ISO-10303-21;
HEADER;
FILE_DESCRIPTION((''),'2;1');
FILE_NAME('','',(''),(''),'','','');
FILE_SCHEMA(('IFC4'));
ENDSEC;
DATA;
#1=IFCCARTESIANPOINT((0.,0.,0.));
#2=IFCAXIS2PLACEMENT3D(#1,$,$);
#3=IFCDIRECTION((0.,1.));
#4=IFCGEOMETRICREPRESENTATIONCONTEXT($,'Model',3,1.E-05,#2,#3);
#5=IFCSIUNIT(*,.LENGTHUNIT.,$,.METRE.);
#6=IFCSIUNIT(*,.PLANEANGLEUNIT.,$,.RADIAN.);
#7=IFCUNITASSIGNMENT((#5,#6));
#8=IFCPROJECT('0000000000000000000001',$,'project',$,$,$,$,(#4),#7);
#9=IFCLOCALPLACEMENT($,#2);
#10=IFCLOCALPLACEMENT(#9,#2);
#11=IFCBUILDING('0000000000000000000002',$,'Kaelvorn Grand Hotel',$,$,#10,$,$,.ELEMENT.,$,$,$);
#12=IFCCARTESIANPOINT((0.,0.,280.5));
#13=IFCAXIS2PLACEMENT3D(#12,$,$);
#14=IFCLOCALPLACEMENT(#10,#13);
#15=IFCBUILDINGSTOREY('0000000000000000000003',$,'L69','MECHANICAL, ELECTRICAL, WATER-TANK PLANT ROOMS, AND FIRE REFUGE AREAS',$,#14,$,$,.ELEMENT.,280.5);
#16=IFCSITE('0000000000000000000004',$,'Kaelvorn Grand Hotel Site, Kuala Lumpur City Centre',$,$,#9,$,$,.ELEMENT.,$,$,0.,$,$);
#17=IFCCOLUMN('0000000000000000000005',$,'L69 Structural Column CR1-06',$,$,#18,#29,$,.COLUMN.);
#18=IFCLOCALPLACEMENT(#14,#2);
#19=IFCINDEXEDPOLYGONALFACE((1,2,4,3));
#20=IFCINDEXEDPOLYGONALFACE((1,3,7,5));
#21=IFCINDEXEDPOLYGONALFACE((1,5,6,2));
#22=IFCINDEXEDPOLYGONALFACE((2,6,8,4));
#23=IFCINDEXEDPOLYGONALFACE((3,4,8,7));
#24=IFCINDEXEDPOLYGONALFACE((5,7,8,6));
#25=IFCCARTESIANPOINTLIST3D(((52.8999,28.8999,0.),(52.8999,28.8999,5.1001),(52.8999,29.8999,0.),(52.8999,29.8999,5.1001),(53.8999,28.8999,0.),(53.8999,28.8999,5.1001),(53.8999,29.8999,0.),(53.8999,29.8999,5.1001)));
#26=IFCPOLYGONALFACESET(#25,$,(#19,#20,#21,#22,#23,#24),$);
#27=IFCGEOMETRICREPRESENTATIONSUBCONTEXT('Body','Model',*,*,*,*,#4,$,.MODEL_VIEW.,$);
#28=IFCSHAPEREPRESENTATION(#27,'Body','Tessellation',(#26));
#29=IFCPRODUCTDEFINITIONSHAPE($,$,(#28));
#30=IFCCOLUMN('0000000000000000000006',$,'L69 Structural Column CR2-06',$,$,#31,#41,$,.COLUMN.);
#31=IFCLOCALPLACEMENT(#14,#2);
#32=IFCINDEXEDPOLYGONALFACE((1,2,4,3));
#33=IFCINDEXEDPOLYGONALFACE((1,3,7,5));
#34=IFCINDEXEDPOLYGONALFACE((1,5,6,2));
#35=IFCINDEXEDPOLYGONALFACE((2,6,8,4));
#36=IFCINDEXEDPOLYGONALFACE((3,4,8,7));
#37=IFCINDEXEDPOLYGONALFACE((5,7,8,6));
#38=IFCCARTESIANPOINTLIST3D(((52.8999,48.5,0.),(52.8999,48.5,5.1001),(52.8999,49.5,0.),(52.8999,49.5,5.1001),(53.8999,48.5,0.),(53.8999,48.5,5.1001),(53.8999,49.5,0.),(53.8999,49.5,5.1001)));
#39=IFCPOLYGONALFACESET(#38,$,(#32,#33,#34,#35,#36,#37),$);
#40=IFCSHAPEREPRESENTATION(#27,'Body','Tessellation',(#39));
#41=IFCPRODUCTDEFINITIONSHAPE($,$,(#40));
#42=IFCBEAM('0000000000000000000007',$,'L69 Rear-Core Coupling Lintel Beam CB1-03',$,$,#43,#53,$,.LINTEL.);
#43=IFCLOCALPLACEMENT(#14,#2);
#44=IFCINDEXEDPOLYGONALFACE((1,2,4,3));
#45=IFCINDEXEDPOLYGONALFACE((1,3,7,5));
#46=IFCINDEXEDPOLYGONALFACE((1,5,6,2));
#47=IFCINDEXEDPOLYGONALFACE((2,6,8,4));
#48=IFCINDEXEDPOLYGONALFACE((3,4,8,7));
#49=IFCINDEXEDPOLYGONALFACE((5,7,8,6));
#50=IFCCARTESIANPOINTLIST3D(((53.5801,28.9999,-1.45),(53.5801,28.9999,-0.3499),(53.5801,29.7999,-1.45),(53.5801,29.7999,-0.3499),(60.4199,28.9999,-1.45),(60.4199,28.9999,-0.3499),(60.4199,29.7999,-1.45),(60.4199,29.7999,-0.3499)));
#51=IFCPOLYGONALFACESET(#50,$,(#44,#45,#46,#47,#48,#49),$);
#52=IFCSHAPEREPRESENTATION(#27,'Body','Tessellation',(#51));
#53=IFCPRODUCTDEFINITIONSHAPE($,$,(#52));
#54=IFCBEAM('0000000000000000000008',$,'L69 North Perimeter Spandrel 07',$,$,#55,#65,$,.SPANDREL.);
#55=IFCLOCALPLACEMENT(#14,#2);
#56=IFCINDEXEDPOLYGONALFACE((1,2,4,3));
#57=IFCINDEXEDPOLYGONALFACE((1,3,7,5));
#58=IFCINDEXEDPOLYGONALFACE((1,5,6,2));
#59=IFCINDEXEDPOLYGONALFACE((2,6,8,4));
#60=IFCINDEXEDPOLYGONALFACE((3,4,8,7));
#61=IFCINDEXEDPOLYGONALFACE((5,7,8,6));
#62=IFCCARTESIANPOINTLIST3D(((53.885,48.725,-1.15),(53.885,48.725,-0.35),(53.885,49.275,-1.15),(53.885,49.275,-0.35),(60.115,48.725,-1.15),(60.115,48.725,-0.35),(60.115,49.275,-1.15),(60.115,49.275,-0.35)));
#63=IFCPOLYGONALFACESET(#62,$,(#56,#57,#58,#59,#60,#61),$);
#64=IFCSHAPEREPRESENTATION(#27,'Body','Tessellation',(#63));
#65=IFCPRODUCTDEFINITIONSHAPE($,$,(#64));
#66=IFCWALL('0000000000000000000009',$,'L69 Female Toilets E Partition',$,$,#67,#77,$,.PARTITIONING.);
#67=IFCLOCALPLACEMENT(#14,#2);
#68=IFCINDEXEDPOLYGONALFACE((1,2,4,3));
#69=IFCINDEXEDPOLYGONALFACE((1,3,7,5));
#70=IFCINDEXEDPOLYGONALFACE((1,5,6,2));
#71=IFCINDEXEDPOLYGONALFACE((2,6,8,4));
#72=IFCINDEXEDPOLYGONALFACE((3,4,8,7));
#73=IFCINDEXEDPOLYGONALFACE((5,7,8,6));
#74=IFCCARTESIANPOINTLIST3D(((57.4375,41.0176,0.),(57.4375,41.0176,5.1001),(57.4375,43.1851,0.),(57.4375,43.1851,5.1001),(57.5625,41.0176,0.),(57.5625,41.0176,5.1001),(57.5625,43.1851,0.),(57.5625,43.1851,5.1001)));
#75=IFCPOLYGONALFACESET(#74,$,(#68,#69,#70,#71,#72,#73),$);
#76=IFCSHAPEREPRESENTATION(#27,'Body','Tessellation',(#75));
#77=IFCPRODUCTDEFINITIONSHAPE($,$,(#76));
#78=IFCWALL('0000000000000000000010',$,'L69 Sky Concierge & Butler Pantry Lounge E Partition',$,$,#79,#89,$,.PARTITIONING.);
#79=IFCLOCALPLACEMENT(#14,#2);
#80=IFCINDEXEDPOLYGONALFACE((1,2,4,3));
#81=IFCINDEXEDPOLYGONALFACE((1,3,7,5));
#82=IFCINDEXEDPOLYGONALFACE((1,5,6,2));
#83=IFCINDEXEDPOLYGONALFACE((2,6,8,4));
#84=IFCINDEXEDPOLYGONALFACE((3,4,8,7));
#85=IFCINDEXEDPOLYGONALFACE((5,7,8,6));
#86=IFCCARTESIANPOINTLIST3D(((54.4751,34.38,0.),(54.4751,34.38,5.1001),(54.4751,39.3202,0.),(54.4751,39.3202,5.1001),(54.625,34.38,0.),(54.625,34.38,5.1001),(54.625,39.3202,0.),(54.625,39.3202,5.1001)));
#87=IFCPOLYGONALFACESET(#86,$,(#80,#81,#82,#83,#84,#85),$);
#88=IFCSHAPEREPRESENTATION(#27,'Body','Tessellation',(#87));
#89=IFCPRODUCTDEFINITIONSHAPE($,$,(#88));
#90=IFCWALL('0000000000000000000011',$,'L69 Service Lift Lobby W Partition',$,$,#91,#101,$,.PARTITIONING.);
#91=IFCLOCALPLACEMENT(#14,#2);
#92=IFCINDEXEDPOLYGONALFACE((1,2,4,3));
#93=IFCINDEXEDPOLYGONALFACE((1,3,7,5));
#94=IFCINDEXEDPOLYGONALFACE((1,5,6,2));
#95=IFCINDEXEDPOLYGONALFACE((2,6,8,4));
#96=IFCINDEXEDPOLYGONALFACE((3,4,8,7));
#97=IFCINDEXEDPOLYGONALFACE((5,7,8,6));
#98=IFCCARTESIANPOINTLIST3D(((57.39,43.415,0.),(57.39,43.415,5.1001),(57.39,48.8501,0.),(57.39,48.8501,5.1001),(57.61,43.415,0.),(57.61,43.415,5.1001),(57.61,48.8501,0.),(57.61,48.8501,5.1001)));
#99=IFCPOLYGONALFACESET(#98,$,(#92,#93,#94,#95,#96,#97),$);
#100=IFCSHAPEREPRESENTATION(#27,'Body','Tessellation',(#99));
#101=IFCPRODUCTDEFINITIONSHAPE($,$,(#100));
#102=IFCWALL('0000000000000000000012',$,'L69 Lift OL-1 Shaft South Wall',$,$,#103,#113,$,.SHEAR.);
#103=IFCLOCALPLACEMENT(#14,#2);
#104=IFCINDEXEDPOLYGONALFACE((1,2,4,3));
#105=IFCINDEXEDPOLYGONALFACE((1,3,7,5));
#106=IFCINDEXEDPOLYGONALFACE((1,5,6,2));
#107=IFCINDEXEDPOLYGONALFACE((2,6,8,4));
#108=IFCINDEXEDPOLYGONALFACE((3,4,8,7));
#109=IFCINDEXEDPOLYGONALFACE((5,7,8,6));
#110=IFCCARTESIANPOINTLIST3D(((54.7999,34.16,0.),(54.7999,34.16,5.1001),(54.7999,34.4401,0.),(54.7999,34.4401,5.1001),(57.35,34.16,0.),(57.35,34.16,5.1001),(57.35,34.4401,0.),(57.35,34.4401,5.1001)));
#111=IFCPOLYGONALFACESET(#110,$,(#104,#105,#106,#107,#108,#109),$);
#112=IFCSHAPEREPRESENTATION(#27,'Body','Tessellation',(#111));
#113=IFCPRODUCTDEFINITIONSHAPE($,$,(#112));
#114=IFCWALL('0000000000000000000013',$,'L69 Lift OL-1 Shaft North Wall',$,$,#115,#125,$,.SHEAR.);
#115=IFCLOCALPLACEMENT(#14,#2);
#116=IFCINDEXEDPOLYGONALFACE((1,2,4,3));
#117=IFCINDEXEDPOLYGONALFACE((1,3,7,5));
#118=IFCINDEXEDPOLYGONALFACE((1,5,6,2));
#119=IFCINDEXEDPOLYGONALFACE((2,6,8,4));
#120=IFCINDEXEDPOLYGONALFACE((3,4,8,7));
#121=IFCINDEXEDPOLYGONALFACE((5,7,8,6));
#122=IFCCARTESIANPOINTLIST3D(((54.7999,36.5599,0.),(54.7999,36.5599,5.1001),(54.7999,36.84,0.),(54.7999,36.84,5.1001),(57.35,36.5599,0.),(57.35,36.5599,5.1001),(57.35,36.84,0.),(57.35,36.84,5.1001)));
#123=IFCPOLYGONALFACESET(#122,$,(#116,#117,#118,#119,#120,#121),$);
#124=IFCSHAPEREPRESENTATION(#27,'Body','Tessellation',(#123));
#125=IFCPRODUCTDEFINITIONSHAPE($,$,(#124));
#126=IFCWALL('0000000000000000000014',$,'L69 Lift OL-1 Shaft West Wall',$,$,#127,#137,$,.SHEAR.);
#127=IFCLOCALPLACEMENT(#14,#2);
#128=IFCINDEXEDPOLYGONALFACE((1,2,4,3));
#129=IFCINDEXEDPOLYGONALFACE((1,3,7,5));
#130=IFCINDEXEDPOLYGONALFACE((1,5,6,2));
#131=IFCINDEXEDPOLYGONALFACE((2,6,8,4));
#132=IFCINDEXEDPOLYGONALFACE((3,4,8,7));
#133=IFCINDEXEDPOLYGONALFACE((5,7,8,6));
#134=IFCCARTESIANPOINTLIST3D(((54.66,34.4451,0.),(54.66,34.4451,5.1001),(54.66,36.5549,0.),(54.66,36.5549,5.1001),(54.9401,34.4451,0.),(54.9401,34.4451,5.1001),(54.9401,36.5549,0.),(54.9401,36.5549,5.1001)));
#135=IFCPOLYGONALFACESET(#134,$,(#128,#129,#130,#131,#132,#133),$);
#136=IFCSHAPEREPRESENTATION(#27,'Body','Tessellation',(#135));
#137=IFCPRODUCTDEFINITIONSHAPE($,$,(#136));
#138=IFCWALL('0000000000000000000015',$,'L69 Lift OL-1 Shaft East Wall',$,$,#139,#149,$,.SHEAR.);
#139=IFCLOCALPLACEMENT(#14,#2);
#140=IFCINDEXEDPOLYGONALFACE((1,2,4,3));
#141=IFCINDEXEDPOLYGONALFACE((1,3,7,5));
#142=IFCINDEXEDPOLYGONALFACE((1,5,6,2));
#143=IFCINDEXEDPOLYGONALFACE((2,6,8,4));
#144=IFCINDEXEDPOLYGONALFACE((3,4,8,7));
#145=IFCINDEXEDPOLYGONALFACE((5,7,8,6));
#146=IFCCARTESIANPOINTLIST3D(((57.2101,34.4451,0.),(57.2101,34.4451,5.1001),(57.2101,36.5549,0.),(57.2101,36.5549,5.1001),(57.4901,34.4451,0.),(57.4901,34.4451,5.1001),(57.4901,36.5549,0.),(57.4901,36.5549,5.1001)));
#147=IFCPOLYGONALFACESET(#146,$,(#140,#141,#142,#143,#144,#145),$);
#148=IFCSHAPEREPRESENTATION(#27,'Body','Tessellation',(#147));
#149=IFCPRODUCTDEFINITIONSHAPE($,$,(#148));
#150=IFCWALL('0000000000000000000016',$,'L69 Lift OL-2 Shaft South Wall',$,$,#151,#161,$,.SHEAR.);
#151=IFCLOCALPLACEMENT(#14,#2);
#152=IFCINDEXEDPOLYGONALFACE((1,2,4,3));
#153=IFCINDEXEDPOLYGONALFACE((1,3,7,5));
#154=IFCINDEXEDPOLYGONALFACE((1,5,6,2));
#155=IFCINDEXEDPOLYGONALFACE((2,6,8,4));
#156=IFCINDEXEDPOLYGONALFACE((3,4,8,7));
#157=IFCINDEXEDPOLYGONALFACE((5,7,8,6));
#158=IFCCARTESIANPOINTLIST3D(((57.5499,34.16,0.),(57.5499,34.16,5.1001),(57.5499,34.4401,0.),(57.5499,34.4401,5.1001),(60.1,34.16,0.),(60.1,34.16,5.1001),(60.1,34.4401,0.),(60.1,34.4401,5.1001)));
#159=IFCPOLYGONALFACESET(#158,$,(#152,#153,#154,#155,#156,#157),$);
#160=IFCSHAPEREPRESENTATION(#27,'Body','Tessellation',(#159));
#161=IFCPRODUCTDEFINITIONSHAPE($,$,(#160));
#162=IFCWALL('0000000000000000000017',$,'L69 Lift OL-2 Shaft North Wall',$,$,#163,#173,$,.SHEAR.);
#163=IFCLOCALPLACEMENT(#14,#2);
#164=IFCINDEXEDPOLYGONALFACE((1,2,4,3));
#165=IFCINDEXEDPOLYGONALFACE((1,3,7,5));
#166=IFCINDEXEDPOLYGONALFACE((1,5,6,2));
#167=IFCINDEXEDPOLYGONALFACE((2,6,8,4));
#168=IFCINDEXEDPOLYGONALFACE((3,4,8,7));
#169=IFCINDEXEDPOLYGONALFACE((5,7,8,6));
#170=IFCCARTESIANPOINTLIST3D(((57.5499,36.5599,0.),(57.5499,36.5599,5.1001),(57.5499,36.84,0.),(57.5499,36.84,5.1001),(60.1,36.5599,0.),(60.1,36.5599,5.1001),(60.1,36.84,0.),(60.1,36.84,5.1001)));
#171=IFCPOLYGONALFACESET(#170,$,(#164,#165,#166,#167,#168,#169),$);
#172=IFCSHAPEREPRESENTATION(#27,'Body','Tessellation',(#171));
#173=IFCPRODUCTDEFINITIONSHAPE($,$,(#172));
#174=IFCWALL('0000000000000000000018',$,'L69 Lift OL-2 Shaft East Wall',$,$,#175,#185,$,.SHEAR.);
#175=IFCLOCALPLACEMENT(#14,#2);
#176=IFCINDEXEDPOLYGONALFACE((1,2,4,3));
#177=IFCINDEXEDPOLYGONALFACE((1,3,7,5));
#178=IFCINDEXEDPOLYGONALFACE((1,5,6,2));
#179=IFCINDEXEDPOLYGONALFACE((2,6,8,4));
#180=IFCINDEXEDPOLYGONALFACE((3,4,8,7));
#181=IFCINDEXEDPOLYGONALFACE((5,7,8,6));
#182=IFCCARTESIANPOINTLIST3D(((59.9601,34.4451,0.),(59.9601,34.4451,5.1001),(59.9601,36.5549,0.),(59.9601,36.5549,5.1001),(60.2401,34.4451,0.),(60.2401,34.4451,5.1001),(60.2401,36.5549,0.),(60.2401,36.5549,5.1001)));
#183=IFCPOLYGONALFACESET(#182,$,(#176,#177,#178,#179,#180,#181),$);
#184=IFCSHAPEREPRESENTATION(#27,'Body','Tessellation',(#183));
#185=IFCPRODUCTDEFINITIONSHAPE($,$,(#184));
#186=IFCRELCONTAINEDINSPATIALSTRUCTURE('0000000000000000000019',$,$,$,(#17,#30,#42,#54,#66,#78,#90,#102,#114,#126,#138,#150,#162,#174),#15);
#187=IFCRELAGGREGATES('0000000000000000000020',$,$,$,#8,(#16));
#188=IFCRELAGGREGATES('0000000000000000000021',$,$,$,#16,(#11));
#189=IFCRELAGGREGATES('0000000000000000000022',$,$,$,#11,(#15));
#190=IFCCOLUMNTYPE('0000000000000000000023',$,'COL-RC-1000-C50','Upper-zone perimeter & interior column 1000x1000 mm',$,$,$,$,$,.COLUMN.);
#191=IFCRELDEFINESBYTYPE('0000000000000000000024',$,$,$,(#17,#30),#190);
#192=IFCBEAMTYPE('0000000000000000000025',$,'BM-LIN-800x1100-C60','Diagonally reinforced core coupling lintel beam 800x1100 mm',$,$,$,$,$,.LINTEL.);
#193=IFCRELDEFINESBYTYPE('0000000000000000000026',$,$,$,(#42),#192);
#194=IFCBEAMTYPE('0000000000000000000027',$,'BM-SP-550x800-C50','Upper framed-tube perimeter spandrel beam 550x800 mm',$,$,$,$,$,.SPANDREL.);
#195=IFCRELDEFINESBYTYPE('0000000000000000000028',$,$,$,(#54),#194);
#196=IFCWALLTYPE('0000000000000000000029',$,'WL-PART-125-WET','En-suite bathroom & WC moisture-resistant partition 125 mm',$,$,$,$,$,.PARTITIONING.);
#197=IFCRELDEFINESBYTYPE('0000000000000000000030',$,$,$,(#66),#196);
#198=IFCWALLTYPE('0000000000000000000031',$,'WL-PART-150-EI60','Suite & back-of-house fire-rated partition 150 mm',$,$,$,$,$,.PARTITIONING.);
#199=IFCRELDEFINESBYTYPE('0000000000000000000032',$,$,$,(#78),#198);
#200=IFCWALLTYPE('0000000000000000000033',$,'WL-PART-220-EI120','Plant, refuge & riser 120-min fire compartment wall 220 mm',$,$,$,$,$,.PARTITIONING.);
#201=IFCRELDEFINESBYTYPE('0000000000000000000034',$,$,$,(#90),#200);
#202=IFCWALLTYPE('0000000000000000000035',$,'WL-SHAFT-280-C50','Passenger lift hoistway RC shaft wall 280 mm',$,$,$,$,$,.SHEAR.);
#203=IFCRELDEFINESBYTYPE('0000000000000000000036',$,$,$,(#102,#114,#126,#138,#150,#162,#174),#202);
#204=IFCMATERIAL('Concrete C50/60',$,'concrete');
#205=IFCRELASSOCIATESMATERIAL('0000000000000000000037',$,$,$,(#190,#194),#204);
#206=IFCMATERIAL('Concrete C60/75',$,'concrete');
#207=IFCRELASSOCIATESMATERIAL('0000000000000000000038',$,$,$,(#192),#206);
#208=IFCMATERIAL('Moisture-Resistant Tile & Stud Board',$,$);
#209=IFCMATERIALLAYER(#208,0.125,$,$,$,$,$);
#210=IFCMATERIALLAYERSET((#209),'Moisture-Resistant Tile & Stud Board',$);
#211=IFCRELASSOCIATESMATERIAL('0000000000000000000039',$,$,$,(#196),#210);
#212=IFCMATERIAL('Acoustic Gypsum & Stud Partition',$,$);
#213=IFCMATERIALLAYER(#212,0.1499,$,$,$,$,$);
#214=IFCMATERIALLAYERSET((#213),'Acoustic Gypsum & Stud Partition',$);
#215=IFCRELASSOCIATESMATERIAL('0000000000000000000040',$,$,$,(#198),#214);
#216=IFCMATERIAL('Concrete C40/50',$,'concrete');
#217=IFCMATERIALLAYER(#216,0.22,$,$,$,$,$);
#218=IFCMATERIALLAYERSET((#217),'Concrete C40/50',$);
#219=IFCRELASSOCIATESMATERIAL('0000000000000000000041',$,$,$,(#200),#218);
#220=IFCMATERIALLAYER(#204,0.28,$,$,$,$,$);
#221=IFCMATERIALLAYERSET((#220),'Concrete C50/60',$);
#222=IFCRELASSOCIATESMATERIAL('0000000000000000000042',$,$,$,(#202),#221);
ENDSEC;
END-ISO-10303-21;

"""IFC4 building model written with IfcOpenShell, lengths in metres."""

from ifc_helpers import new_model, si_unit, direction, frame, frame_2d, origin, origin_2d, place, context, subcontext, project, spatial, rectangle, extrude, material, layer, layer_set, material_profile, profile_set, type_object, element, save


model = new_model("IFC4")

# Units and contexts
model_context = context("Model", 3, precision=1e-05, world=origin(), true_north=direction((0.0, 1.0)))
body_context = subcontext(model_context, "Body", "Model", "MODEL_VIEW")
ifc_project = project(units=[si_unit("LENGTHUNIT", "METRE"), si_unit("PLANEANGLEUNIT", "RADIAN")], contexts=[model_context])

# Site, building, storey
site_placement = place(None, origin())
site = spatial("IfcSite", under=ifc_project, at=site_placement, Name="Kaelvorn Grand Hotel Site, Kuala Lumpur City Centre", CompositionType="ELEMENT", RefElevation=0.0)
building_placement = place(site_placement, origin())
building = spatial("IfcBuilding", under=site, at=building_placement, Name="Kaelvorn Grand Hotel", CompositionType="ELEMENT")
storey_placement = place(building_placement, frame((0.0, 0.0, 280.5)))
storey = spatial("IfcBuildingStorey", under=building, at=storey_placement, Name="L69", Description="MECHANICAL, ELECTRICAL, WATER-TANK PLANT ROOMS, AND FIRE REFUGE AREAS", CompositionType="ELEMENT", Elevation=280.5)

# Columns
ifc_material_1 = material(Name="Concrete C50/60", Category="concrete")
ifc_material_profile_1 = material_profile(ifc_material_1, rectangle(XDim=1.0, YDim=1.0, at=origin_2d()), Name="RC COL 1000x1000")
ifc_profile_set_1 = profile_set([ifc_material_profile_1], Name="Concrete C50/60")
column_type = type_object("IfcColumnType", Name="COL-RC-1000-C50", Description="Upper-zone perimeter & interior column 1000x1000 mm", PredefinedType="COLUMN", material=ifc_profile_set_1)
for number, where, z_axis, x_axis, name in (
    (1, (53.3999, 29.3999, 0.0), (0.0, 0.0, 1.0), (1.0, 0.0, 0.0), "L69 Structural Column CR1-06"),
    (2, (53.3999, 49.0, 0.0), (0.0, 0.0, 1.0), (1.0, 0.0, 0.0), "L69 Structural Column CR2-06"),
):
    element("IfcColumn", number, at=place(storey_placement, frame(where, z_axis=z_axis, x_axis=x_axis)), inside=storey, type_object=column_type, Name=name, PredefinedType="COLUMN", context=body_context, shape_type="SweptSolid", body=[
        extrude(rectangle(XDim=1.0, YDim=1.0, at=origin_2d()), origin(), (0.0, 0.0, 1.0), 5.1001),
    ])

# Beams
ifc_material_2 = material(Name="Concrete C60/75", Category="concrete")
ifc_material_profile_2 = material_profile(ifc_material_2, rectangle(XDim=0.8, YDim=1.1001, at=origin_2d()), Name="RC LINTEL 800x1100")
ifc_profile_set_2 = profile_set([ifc_material_profile_2], Name="Concrete C60/75")
beam_type_1 = type_object("IfcBeamType", Name="BM-LIN-800x1100-C60", Description="Diagonally reinforced core coupling lintel beam 800x1100 mm", PredefinedType="LINTEL", material=ifc_profile_set_2)
beam_1_placement = place(storey_placement, frame((53.5801, 29.3999, -0.8999), z_axis=(1.0, 0.0, 0.0), x_axis=(0.0, 1.0, 0.0)))
element("IfcBeam", 3, at=beam_1_placement, inside=storey, type_object=beam_type_1, Name="L69 Rear-Core Coupling Lintel Beam CB1-03", PredefinedType="LINTEL", context=body_context, shape_type="SweptSolid", body=[
    extrude(rectangle(XDim=0.8, YDim=1.1001, at=origin_2d()), origin(), (0.0, 0.0, 1.0), 6.8398),
])
ifc_material_profile_3 = material_profile(ifc_material_1, rectangle(XDim=0.55, YDim=0.8, at=origin_2d()), Name="RC SPANDREL 550x800")
ifc_profile_set_3 = profile_set([ifc_material_profile_3], Name="Concrete C50/60")
beam_type_2 = type_object("IfcBeamType", Name="BM-SP-550x800-C50", Description="Upper framed-tube perimeter spandrel beam 550x800 mm", PredefinedType="SPANDREL", material=ifc_profile_set_3)
beam_2_placement = place(storey_placement, frame((53.885, 49.0, -0.75), z_axis=(1.0, 0.0, 0.0), x_axis=(0.0, 1.0, 0.0)))
element("IfcBeam", 4, at=beam_2_placement, inside=storey, type_object=beam_type_2, Name="L69 North Perimeter Spandrel 07", PredefinedType="SPANDREL", context=body_context, shape_type="SweptSolid", body=[
    extrude(rectangle(XDim=0.55, YDim=0.8, at=origin_2d()), origin(), (0.0, 0.0, 1.0), 6.23),
])

# Walls
ifc_material_3 = material(Name="Moisture-Resistant Tile & Stud Board")
ifc_layer_1 = layer(ifc_material_3, 0.125)
ifc_layer_set_1 = layer_set([ifc_layer_1], Name="Moisture-Resistant Tile & Stud Board")
wall_type_1 = type_object("IfcWallType", Name="WL-PART-125-WET", Description="En-suite bathroom & WC moisture-resistant partition 125 mm", PredefinedType="PARTITIONING", material=ifc_layer_set_1)
wall_1_placement = place(storey_placement, frame((57.5, 41.0176, 0.0), z_axis=(0.0, 0.0, 1.0), x_axis=(0.0, 1.0, 0.0)))
element("IfcWall", 5, at=wall_1_placement, inside=storey, type_object=wall_type_1, Name="L69 Female Toilets E Partition", PredefinedType="PARTITIONING", context=body_context, shape_type="SweptSolid", body=[
    extrude(rectangle(XDim=2.1675, YDim=0.125, at=frame_2d((1.0837, 0.0))), origin(), (0.0, 0.0, 1.0), 5.1001),
])
ifc_material_4 = material(Name="Acoustic Gypsum & Stud Partition")
ifc_layer_2 = layer(ifc_material_4, 0.1499)
ifc_layer_set_2 = layer_set([ifc_layer_2], Name="Acoustic Gypsum & Stud Partition")
wall_type_2 = type_object("IfcWallType", Name="WL-PART-150-EI60", Description="Suite & back-of-house fire-rated partition 150 mm", PredefinedType="PARTITIONING", material=ifc_layer_set_2)
wall_2_placement = place(storey_placement, frame((54.55, 34.3799, 0.0), z_axis=(0.0, 0.0, 1.0), x_axis=(0.0, 1.0, 0.0)))
element("IfcWall", 6, at=wall_2_placement, inside=storey, type_object=wall_type_2, Name="L69 Sky Concierge & Butler Pantry Lounge E Partition", PredefinedType="PARTITIONING", context=body_context, shape_type="SweptSolid", body=[
    extrude(rectangle(XDim=4.9402, YDim=0.1499, at=frame_2d((2.4702, 0.0))), origin(), (0.0, 0.0, 1.0), 5.1001),
])

# Shared definitions
ifc_material_5 = material(Name="Concrete C40/50", Category="concrete")
ifc_layer_3 = layer(ifc_material_5, 0.22)
ifc_layer_set_3 = layer_set([ifc_layer_3], Name="Concrete C40/50")
wall_type_3 = type_object("IfcWallType", Name="WL-PART-220-EI120", Description="Plant, refuge & riser 120-min fire compartment wall 220 mm", PredefinedType="PARTITIONING", material=ifc_layer_set_3)

# Walls
wall_3_placement = place(storey_placement, frame((57.5, 43.415, 0.0), z_axis=(0.0, 0.0, 1.0), x_axis=(0.0, 1.0, 0.0)))
element("IfcWall", 7, at=wall_3_placement, inside=storey, type_object=wall_type_3, Name="L69 Service Lift Lobby W Partition", PredefinedType="PARTITIONING", context=body_context, shape_type="SweptSolid", body=[
    extrude(rectangle(XDim=5.4351, YDim=0.22, at=frame_2d((2.7175, 0.0))), origin(), (0.0, 0.0, 1.0), 5.1001),
])
ifc_layer_4 = layer(ifc_material_1, 0.28)
ifc_layer_set_4 = layer_set([ifc_layer_4], Name="Concrete C50/60")
wall_type_4 = type_object("IfcWallType", Name="WL-SHAFT-280-C50", Description="Passenger lift hoistway RC shaft wall 280 mm", PredefinedType="SHEAR", material=ifc_layer_set_4)
for number, where, z_axis, x_axis, name in (
    (8, (54.8, 34.3, 0.0), (0.0, 0.0, 1.0), (1.0, 0.0, 0.0), "L69 Lift OL-1 Shaft South Wall"),
    (9, (54.8, 36.7, 0.0), (0.0, 0.0, 1.0), (1.0, 0.0, 0.0), "L69 Lift OL-1 Shaft North Wall"),
):
    element("IfcWall", number, at=place(storey_placement, frame(where, z_axis=z_axis, x_axis=x_axis)), inside=storey, type_object=wall_type_4, Name=name, PredefinedType="SHEAR", context=body_context, shape_type="SweptSolid", body=[
        extrude(rectangle(XDim=2.55, YDim=0.28, at=frame_2d((1.2749, 0.0))), origin(), (0.0, 0.0, 1.0), 5.1001),
    ])
for number, where, z_axis, x_axis, name in (
    (10, (54.8, 34.4451, 0.0), (0.0, 0.0, 1.0), (0.0, 1.0, 0.0), "L69 Lift OL-1 Shaft West Wall"),
    (11, (57.3501, 34.4451, 0.0), (0.0, 0.0, 1.0), (0.0, 1.0, 0.0), "L69 Lift OL-1 Shaft East Wall"),
):
    element("IfcWall", number, at=place(storey_placement, frame(where, z_axis=z_axis, x_axis=x_axis)), inside=storey, type_object=wall_type_4, Name=name, PredefinedType="SHEAR", context=body_context, shape_type="SweptSolid", body=[
        extrude(rectangle(XDim=2.1099, YDim=0.28, at=frame_2d((1.0549, 0.0))), origin(), (0.0, 0.0, 1.0), 5.1001),
    ])
for number, where, z_axis, x_axis, name in (
    (12, (57.55, 34.3, 0.0), (0.0, 0.0, 1.0), (1.0, 0.0, 0.0), "L69 Lift OL-2 Shaft South Wall"),
    (13, (57.55, 36.7, 0.0), (0.0, 0.0, 1.0), (1.0, 0.0, 0.0), "L69 Lift OL-2 Shaft North Wall"),
):
    element("IfcWall", number, at=place(storey_placement, frame(where, z_axis=z_axis, x_axis=x_axis)), inside=storey, type_object=wall_type_4, Name=name, PredefinedType="SHEAR", context=body_context, shape_type="SweptSolid", body=[
        extrude(rectangle(XDim=2.55, YDim=0.28, at=frame_2d((1.2749, 0.0))), origin(), (0.0, 0.0, 1.0), 5.1001),
    ])
wall_4_placement = place(storey_placement, frame((60.1001, 34.4451, 0.0), z_axis=(0.0, 0.0, 1.0), x_axis=(0.0, 1.0, 0.0)))
element("IfcWall", 14, at=wall_4_placement, inside=storey, type_object=wall_type_4, Name="L69 Lift OL-2 Shaft East Wall", PredefinedType="SHEAR", context=body_context, shape_type="SweptSolid", body=[
    extrude(rectangle(XDim=2.1099, YDim=0.28, at=frame_2d((1.0549, 0.0))), origin(), (0.0, 0.0, 1.0), 5.1001),
])

save(model, "model.ifc")
